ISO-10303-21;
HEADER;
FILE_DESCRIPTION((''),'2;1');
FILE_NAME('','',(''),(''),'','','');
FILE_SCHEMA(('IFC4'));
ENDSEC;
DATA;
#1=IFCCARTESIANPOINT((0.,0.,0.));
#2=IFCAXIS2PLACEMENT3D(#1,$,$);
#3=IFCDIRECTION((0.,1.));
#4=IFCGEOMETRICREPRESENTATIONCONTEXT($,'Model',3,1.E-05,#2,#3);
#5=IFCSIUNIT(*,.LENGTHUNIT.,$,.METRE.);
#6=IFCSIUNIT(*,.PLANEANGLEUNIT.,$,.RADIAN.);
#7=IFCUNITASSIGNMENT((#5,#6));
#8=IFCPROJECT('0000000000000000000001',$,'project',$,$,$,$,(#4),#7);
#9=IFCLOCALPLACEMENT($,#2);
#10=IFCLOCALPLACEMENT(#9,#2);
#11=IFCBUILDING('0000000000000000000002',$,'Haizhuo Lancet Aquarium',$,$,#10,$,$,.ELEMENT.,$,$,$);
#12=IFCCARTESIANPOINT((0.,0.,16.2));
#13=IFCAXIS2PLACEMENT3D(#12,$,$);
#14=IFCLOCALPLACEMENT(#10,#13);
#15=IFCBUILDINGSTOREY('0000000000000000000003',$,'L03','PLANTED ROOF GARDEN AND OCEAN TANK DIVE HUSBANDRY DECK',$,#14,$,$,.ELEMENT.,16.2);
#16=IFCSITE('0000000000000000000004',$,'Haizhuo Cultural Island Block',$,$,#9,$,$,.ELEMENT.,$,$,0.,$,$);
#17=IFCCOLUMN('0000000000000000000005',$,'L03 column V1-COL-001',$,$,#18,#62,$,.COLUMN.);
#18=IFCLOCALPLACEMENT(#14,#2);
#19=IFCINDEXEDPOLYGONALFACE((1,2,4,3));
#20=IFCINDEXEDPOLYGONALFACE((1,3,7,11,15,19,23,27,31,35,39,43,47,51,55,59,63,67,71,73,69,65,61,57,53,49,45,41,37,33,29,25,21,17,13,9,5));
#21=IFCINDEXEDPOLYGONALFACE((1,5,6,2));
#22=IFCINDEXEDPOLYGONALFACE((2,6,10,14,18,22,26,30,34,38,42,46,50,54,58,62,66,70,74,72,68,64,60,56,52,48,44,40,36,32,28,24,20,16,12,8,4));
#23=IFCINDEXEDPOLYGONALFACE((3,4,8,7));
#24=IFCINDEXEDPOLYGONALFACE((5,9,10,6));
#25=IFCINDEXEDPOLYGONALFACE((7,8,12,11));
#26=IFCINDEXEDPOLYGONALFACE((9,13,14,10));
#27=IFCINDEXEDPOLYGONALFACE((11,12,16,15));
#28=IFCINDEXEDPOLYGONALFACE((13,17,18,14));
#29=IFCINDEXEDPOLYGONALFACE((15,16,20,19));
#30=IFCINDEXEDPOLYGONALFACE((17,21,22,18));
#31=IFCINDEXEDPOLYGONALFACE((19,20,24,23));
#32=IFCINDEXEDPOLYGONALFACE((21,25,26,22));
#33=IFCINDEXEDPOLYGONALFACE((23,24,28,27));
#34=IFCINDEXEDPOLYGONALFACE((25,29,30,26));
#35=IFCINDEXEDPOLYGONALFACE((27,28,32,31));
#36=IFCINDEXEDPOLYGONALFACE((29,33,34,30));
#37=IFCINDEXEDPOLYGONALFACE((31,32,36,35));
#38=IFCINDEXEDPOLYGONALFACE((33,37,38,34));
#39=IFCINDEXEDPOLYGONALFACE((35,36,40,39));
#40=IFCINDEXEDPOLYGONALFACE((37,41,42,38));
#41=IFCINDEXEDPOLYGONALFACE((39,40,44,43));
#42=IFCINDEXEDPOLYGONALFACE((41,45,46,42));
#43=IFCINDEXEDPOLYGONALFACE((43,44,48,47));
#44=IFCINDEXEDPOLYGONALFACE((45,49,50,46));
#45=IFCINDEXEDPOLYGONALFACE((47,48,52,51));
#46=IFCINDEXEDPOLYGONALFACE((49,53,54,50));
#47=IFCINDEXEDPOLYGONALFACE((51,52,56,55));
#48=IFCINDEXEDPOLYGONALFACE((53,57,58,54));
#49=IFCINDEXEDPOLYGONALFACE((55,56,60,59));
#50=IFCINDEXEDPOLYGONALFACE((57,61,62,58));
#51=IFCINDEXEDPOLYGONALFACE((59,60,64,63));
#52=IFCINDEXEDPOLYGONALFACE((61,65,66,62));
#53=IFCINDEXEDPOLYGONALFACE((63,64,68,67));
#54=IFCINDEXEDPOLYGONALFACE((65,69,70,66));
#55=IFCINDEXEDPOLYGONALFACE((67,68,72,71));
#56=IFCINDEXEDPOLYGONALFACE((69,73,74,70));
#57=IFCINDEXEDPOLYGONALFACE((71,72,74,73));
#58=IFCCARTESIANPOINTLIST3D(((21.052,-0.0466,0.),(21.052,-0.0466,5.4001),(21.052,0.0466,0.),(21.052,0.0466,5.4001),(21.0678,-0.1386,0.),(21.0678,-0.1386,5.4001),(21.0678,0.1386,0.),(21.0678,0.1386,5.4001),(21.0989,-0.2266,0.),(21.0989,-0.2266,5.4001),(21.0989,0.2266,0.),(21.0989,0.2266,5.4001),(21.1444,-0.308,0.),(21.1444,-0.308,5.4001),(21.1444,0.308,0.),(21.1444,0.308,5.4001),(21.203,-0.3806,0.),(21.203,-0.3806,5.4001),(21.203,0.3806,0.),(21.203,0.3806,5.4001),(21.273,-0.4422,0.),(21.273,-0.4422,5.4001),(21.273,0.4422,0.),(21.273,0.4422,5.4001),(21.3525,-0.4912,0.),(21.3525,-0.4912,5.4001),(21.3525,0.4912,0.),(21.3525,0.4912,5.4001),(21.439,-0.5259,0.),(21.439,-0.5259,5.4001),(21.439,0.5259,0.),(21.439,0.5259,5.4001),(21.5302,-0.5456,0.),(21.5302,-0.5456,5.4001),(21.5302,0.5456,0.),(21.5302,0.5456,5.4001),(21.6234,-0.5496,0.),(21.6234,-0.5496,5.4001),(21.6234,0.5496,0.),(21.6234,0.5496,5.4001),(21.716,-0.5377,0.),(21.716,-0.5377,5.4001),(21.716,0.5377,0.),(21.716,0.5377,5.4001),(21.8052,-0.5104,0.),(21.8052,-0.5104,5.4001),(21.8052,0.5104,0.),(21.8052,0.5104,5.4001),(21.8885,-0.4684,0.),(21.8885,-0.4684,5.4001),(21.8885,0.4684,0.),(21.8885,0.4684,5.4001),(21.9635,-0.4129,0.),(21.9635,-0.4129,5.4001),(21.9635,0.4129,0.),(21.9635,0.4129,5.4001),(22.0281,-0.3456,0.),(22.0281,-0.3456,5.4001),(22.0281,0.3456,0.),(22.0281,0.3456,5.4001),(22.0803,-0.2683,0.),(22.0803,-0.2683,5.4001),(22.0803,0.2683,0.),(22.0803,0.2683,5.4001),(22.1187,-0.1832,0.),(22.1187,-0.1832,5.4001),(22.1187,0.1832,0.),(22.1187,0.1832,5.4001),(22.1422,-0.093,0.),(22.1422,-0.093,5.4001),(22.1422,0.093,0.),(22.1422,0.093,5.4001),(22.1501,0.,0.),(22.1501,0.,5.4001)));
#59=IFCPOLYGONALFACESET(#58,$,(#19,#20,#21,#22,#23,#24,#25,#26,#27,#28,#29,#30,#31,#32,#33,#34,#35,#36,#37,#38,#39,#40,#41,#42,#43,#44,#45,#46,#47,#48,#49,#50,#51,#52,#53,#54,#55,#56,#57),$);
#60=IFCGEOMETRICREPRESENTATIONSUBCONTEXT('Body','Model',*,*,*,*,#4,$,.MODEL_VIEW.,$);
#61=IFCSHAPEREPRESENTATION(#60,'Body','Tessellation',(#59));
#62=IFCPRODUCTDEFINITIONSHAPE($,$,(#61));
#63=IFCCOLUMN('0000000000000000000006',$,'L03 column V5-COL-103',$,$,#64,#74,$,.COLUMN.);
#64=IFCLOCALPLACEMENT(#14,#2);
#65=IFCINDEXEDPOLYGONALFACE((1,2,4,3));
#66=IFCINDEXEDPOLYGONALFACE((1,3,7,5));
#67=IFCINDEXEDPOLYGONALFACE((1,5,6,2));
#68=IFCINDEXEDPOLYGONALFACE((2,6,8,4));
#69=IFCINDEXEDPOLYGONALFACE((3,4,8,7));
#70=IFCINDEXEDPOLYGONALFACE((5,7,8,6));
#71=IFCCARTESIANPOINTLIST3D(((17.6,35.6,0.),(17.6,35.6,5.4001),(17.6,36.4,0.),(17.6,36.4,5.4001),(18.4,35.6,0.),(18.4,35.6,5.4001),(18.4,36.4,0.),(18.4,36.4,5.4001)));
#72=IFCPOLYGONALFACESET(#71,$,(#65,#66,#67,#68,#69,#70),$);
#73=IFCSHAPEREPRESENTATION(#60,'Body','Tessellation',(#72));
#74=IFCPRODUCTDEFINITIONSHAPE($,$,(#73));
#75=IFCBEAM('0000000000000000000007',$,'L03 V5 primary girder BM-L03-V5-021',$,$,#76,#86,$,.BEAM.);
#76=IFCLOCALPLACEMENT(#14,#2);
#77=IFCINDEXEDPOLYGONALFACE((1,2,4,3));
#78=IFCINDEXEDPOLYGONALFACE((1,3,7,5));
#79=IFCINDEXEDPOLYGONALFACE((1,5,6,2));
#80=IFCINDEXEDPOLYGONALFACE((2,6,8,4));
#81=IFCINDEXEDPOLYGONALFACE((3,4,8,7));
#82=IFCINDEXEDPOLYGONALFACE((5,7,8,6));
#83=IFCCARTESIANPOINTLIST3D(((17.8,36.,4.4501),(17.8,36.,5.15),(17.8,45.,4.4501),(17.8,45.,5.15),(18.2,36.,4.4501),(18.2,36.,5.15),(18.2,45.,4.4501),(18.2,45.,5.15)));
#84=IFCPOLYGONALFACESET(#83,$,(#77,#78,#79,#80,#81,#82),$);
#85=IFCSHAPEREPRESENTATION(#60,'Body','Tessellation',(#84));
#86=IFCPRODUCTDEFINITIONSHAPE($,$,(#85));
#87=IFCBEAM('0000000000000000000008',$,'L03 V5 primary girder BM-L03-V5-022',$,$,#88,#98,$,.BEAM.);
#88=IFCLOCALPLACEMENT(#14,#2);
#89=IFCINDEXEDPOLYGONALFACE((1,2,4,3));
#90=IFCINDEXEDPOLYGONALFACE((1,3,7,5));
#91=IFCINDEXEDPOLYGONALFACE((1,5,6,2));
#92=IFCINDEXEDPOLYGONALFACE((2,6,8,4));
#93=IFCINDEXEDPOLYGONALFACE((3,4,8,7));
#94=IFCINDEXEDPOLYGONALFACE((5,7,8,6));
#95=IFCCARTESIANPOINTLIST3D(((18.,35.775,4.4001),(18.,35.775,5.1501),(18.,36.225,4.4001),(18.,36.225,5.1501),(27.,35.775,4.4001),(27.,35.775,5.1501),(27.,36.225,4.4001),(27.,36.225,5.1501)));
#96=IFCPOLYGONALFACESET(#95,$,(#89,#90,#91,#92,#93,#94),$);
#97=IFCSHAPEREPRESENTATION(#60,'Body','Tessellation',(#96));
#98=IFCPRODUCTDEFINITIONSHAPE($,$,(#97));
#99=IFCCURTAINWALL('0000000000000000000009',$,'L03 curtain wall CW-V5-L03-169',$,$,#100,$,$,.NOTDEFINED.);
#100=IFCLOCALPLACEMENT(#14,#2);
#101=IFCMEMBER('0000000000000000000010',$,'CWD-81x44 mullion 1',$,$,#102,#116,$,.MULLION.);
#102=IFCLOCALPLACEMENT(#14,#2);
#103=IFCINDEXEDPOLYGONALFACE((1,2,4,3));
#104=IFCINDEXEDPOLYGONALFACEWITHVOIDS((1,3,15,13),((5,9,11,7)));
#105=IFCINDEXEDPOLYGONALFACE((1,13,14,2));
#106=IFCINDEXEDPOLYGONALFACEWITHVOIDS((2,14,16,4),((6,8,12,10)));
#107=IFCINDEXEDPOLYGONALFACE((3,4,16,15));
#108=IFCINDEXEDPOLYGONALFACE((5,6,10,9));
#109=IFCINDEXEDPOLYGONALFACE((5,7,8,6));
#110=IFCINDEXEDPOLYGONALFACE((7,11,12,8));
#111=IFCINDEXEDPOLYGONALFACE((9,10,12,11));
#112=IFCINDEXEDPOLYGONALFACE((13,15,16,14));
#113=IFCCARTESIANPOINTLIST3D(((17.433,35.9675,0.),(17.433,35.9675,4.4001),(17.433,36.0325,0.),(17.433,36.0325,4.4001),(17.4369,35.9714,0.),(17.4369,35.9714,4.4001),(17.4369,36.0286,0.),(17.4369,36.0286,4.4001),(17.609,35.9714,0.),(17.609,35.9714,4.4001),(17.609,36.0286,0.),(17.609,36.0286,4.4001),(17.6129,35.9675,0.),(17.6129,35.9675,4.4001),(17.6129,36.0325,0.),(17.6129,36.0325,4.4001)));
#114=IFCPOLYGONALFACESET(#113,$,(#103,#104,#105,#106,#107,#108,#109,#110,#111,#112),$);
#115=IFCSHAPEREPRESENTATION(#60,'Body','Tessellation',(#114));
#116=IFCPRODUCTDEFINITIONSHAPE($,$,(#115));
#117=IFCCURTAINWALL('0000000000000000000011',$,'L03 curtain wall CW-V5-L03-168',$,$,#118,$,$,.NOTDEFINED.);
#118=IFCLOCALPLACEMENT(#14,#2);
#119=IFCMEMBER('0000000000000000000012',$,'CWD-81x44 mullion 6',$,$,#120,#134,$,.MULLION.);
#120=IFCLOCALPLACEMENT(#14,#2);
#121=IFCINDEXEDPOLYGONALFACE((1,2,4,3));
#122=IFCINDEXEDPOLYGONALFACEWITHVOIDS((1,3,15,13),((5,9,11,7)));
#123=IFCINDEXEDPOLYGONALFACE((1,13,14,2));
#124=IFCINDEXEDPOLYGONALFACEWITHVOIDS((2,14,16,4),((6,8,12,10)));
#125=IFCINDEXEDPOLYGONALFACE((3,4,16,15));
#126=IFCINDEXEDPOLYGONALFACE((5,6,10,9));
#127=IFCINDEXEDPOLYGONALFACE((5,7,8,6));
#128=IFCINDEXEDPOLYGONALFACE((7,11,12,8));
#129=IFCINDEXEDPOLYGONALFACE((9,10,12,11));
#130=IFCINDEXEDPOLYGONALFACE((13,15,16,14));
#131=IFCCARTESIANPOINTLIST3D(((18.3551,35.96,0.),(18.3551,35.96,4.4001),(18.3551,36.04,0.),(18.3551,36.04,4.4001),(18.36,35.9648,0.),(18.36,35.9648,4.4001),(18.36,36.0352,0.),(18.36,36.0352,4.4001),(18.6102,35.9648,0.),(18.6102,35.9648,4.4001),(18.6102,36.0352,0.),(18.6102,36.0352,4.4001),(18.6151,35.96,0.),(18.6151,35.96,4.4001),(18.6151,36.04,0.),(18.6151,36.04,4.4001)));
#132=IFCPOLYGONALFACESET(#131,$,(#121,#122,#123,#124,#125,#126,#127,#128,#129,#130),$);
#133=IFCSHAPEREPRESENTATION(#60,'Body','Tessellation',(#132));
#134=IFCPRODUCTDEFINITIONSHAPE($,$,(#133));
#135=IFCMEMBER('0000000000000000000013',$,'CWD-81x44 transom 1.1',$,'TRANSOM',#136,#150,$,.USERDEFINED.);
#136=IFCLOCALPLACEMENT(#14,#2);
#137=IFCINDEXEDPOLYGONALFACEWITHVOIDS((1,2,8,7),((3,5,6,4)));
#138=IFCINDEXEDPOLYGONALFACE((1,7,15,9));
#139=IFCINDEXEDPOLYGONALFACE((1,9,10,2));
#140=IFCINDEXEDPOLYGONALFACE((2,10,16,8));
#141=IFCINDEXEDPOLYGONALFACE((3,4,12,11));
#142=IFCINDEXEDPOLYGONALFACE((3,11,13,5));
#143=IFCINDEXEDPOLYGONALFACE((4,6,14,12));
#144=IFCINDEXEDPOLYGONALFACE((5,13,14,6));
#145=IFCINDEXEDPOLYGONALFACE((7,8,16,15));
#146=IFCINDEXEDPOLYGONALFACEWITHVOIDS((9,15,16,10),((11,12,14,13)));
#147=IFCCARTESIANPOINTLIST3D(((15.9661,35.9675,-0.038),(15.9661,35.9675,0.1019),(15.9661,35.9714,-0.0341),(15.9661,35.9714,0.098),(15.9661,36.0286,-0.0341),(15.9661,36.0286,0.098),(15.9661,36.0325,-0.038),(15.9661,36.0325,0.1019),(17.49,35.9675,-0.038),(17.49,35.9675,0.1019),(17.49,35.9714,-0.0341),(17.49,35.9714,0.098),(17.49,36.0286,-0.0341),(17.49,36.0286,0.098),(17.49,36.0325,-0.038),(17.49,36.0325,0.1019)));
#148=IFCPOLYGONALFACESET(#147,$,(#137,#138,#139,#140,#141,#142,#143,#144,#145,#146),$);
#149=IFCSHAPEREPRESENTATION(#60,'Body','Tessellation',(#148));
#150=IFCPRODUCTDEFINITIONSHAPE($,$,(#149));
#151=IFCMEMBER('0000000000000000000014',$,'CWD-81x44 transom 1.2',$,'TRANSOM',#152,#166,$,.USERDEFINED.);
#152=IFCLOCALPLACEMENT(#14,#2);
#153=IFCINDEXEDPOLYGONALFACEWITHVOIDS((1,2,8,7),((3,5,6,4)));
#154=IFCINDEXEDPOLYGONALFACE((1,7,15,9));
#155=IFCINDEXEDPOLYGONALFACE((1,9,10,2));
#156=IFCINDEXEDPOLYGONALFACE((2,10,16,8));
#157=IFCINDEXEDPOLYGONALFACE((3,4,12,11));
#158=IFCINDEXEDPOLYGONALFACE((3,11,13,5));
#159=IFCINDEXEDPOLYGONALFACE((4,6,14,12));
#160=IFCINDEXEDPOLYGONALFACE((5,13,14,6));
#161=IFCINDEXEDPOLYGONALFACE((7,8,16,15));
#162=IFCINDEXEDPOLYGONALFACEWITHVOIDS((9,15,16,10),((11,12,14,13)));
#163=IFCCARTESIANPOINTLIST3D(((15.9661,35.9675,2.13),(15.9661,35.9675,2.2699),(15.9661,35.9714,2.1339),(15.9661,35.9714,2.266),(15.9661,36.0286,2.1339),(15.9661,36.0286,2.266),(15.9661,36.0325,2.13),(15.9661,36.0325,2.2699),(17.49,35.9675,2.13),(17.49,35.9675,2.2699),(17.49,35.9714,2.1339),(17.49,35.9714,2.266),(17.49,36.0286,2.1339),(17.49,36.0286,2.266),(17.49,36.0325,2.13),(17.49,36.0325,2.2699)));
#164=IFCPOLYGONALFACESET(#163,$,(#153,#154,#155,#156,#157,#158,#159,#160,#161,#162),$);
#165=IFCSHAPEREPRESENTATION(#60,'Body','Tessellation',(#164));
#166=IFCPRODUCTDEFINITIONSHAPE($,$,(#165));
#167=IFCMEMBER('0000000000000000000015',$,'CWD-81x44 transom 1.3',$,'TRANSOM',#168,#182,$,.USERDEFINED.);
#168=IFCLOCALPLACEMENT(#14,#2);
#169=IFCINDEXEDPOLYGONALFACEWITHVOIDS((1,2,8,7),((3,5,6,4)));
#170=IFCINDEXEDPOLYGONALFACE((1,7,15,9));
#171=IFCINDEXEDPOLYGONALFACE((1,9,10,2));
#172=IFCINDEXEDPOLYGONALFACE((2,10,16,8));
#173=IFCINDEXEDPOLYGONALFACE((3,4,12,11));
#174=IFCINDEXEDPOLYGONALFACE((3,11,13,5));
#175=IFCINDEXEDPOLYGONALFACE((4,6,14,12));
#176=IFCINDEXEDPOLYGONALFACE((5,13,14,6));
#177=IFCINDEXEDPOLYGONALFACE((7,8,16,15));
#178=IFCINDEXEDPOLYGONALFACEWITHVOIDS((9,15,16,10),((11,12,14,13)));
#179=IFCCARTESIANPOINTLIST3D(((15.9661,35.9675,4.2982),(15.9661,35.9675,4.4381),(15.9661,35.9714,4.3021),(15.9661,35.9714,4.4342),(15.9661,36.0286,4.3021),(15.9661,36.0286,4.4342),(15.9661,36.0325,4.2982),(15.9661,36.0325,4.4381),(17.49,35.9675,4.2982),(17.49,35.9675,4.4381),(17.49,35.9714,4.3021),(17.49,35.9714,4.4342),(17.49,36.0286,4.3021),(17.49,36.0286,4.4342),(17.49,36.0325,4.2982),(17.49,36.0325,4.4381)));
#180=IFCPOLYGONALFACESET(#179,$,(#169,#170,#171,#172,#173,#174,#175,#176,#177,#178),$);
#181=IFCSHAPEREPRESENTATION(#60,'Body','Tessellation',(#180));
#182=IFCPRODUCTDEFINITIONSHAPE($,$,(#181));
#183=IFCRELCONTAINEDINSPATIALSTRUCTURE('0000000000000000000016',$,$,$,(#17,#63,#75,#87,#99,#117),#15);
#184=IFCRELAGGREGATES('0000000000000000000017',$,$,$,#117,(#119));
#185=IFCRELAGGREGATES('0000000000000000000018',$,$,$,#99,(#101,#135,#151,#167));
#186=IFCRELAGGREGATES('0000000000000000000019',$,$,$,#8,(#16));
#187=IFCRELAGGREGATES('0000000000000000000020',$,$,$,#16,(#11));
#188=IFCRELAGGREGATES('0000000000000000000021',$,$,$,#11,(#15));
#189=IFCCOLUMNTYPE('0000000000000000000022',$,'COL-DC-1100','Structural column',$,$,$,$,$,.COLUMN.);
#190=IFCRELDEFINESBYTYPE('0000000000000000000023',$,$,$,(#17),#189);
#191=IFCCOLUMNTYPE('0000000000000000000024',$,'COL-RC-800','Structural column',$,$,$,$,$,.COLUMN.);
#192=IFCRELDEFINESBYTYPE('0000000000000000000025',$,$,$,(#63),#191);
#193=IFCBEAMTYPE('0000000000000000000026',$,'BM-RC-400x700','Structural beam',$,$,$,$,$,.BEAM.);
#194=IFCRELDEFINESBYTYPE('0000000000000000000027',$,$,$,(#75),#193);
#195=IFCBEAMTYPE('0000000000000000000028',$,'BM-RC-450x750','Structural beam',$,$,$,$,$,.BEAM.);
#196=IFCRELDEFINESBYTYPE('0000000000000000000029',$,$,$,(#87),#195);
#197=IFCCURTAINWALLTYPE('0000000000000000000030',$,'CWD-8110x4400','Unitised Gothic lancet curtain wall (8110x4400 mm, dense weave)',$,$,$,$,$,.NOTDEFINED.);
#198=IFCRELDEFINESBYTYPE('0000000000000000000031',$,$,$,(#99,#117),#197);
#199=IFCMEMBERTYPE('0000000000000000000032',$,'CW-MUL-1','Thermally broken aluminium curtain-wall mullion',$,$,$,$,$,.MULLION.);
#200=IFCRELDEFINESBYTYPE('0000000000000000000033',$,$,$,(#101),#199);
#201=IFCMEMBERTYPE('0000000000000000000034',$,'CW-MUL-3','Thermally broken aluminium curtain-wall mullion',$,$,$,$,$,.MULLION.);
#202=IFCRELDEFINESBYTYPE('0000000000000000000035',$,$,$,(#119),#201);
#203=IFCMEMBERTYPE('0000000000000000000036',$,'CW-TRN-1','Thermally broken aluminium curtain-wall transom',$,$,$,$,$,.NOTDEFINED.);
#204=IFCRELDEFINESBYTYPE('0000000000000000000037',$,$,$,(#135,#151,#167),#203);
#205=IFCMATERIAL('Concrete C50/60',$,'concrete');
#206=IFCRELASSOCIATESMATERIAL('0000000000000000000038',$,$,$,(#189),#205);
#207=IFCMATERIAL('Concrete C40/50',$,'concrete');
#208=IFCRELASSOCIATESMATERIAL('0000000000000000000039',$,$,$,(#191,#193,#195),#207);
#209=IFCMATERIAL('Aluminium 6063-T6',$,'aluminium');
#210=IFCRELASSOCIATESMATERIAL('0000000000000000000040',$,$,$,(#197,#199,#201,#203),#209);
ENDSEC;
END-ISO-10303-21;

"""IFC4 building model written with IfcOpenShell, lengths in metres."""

from ifc_helpers import new_model, si_unit, direction, frame, origin, origin_2d, place, context, subcontext, project, spatial, rectangle, hollow_rectangle, circle, extrude, material, material_profile, profile_set, type_object, element, aggregate, save


model = new_model("IFC4")

# Units and contexts
model_context = context("Model", 3, precision=1e-05, world=origin(), true_north=direction((0.0, 1.0)))
body_context = subcontext(model_context, "Body", "Model", "MODEL_VIEW")
ifc_project = project(units=[si_unit("LENGTHUNIT", "METRE"), si_unit("PLANEANGLEUNIT", "RADIAN")], contexts=[model_context])

# Site, building, storey
site_placement = place(None, origin())
site = spatial("IfcSite", under=ifc_project, at=site_placement, Name="Haizhuo Cultural Island Block", CompositionType="ELEMENT", RefElevation=0.0)
building_placement = place(site_placement, origin())
building = spatial("IfcBuilding", under=site, at=building_placement, Name="Haizhuo Lancet Aquarium", CompositionType="ELEMENT")
storey_placement = place(building_placement, frame((0.0, 0.0, 16.2)))
storey = spatial("IfcBuildingStorey", under=building, at=storey_placement, Name="L03", Description="PLANTED ROOF GARDEN AND OCEAN TANK DIVE HUSBANDRY DECK", CompositionType="ELEMENT", Elevation=16.2)

# Columns
ifc_material_1 = material(Name="Concrete C50/60", Category="concrete")
ifc_material_profile_1 = material_profile(ifc_material_1, circle(Radius=0.55, at=origin_2d()), Name="RC-DC 1100")
ifc_profile_set_1 = profile_set([ifc_material_profile_1], Name="Concrete C50/60")
column_type_1 = type_object("IfcColumnType", Name="COL-DC-1100", Description="Structural column", PredefinedType="COLUMN", material=ifc_profile_set_1)
for number, where, z_axis, x_axis, name in (
    (1, (21.6001, 0.0, 0.0), (0.0, 0.0, 1.0), (1.0, 0.0, 0.0), "L03 column V1-COL-001"),
):
    element("IfcColumn", number, at=place(storey_placement, frame(where, z_axis=z_axis, x_axis=x_axis)), inside=storey, type_object=column_type_1, Name=name, PredefinedType="COLUMN", context=body_context, shape_type="SweptSolid", body=[
        extrude(circle(Radius=0.55, at=origin_2d()), origin(), (0.0, 0.0, 1.0), 5.4001),
    ])
ifc_material_2 = material(Name="Concrete C40/50", Category="concrete")
ifc_material_profile_2 = material_profile(ifc_material_2, rectangle(XDim=0.8, YDim=0.8, at=origin_2d()), Name="RC-COL 800x800")
ifc_profile_set_2 = profile_set([ifc_material_profile_2], Name="Concrete C40/50")
column_type_2 = type_object("IfcColumnType", Name="COL-RC-800", Description="Structural column", PredefinedType="COLUMN", material=ifc_profile_set_2)
column_placement = place(storey_placement, frame((18.0, 36.0, 0.0), z_axis=(0.0, 0.0, 1.0), x_axis=(1.0, 0.0, 0.0)))
element("IfcColumn", 2, at=column_placement, inside=storey, type_object=column_type_2, Name="L03 column V5-COL-103", PredefinedType="COLUMN", context=body_context, shape_type="SweptSolid", body=[
    extrude(rectangle(XDim=0.8, YDim=0.8, at=origin_2d()), origin(), (0.0, 0.0, 1.0), 5.4001),
])

# Beams
ifc_material_profile_3 = material_profile(ifc_material_2, rectangle(XDim=0.3999, YDim=0.7, at=origin_2d()), Name="RC-BM 400x700")
ifc_profile_set_3 = profile_set([ifc_material_profile_3], Name="Concrete C40/50")
beam_type_1 = type_object("IfcBeamType", Name="BM-RC-400x700", Description="Structural beam", PredefinedType="BEAM", material=ifc_profile_set_3)
beam_1_placement = place(storey_placement, frame((18.0, 36.0, 4.8), z_axis=(0.0, 1.0, 0.0), x_axis=(-1.0, 0.0, 0.0)))
element("IfcBeam", 3, at=beam_1_placement, inside=storey, type_object=beam_type_1, Name="L03 V5 primary girder BM-L03-V5-021", PredefinedType="BEAM", context=body_context, shape_type="SweptSolid", body=[
    extrude(rectangle(XDim=0.3999, YDim=0.7, at=origin_2d()), origin(), (0.0, 0.0, 1.0), 9.0),
])
ifc_material_profile_4 = material_profile(ifc_material_2, rectangle(XDim=0.45, YDim=0.75, at=origin_2d()), Name="RC-BM 450x750")
ifc_profile_set_4 = profile_set([ifc_material_profile_4], Name="Concrete C40/50")
beam_type_2 = type_object("IfcBeamType", Name="BM-RC-450x750", Description="Structural beam", PredefinedType="BEAM", material=ifc_profile_set_4)
beam_2_placement = place(storey_placement, frame((18.0, 36.0, 4.7751), z_axis=(1.0, 0.0, 0.0), x_axis=(0.0, 1.0, 0.0)))
element("IfcBeam", 4, at=beam_2_placement, inside=storey, type_object=beam_type_2, Name="L03 V5 primary girder BM-L03-V5-022", PredefinedType="BEAM", context=body_context, shape_type="SweptSolid", body=[
    extrude(rectangle(XDim=0.45, YDim=0.75, at=origin_2d()), origin(), (0.0, 0.0, 1.0), 9.0),
])

# Curtain walls, members
ifc_material_3 = material(Name="Aluminium 6063-T6", Category="aluminium")
curtain_wall_type = type_object("IfcCurtainWallType", Name="CWD-8110x4400", Description="Unitised Gothic lancet curtain wall (8110x4400 mm, dense weave)", PredefinedType="NOTDEFINED", material=ifc_material_3)
curtain_wall_1_placement = place(storey_placement, origin())
curtain_wall_1 = element("IfcCurtainWall", 5, at=curtain_wall_1_placement, inside=storey, type_object=curtain_wall_type, Name="L03 curtain wall CW-V5-L03-169", PredefinedType="NOTDEFINED")
ifc_material_profile_5 = material_profile(ifc_material_3, hollow_rectangle(XDim=0.0649, YDim=0.1799, WallThickness=0.0039, at=origin_2d()), Name="ALU-M 65x180x4")
ifc_profile_set_5 = profile_set([ifc_material_profile_5], Name="Aluminium 6063-T6")
member_type_1 = type_object("IfcMemberType", Name="CW-MUL-1", Description="Thermally broken aluminium curtain-wall mullion", PredefinedType="MULLION", material=ifc_profile_set_5)
member_1_placement = place(storey_placement, frame((17.5229, 36.0, 0.0), z_axis=(0.0, 0.0, 1.0), x_axis=(0.0, -1.0, 0.0)))
member_1 = element("IfcMember", 6, at=member_1_placement, type_object=member_type_1, Name="CWD-81x44 mullion 1", PredefinedType="MULLION", context=body_context, shape_type="SweptSolid", body=[
    extrude(hollow_rectangle(XDim=0.0649, YDim=0.1799, WallThickness=0.0039, at=origin_2d()), origin(), (0.0, 0.0, 1.0), 4.4001),
])
curtain_wall_2_placement = place(storey_placement, origin())
curtain_wall_2 = element("IfcCurtainWall", 7, at=curtain_wall_2_placement, inside=storey, type_object=curtain_wall_type, Name="L03 curtain wall CW-V5-L03-168", PredefinedType="NOTDEFINED")
ifc_material_profile_6 = material_profile(ifc_material_3, hollow_rectangle(XDim=0.0801, YDim=0.26, WallThickness=0.0049, at=origin_2d()), Name="ALU-M 80x260x5")
ifc_profile_set_6 = profile_set([ifc_material_profile_6], Name="Aluminium 6063-T6")
member_type_2 = type_object("IfcMemberType", Name="CW-MUL-3", Description="Thermally broken aluminium curtain-wall mullion", PredefinedType="MULLION", material=ifc_profile_set_6)
member_2_placement = place(storey_placement, frame((18.4851, 36.0, 0.0), z_axis=(0.0, 0.0, 1.0), x_axis=(0.0, -1.0, 0.0)))
member_2 = element("IfcMember", 8, at=member_2_placement, type_object=member_type_2, Name="CWD-81x44 mullion 6", PredefinedType="MULLION", context=body_context, shape_type="SweptSolid", body=[
    extrude(hollow_rectangle(XDim=0.0801, YDim=0.26, WallThickness=0.0049, at=origin_2d()), origin(), (0.0, 0.0, 1.0), 4.4001),
])
aggregate(curtain_wall_2, [member_2])

# Members
ifc_material_profile_7 = material_profile(ifc_material_3, hollow_rectangle(XDim=0.0649, YDim=0.1399, WallThickness=0.0039, at=origin_2d()), Name="ALU-T 65x140x4")
ifc_profile_set_7 = profile_set([ifc_material_profile_7], Name="Aluminium 6063-T6")
member_type_3 = type_object("IfcMemberType", Name="CW-TRN-1", Description="Thermally broken aluminium curtain-wall transom", PredefinedType="NOTDEFINED", material=ifc_profile_set_7)
member_3_placement = place(storey_placement, frame((17.49, 36.0, 0.032), z_axis=(-1.0, 0.0, 0.0), x_axis=(0.0, -1.0, 0.0)))
member_3 = element("IfcMember", 9, at=member_3_placement, type_object=member_type_3, Name="CWD-81x44 transom 1.1", ObjectType="TRANSOM", PredefinedType="USERDEFINED", context=body_context, shape_type="SweptSolid", body=[
    extrude(hollow_rectangle(XDim=0.0649, YDim=0.1399, WallThickness=0.0039, at=origin_2d()), origin(), (0.0, 0.0, 1.0), 1.5239),
])
member_4_placement = place(storey_placement, frame((17.49, 36.0, 2.2), z_axis=(-1.0, 0.0, 0.0), x_axis=(0.0, -1.0, 0.0)))
member_4 = element("IfcMember", 10, at=member_4_placement, type_object=member_type_3, Name="CWD-81x44 transom 1.2", ObjectType="TRANSOM", PredefinedType="USERDEFINED", context=body_context, shape_type="SweptSolid", body=[
    extrude(hollow_rectangle(XDim=0.0649, YDim=0.1399, WallThickness=0.0039, at=origin_2d()), origin(), (0.0, 0.0, 1.0), 1.5239),
])
member_5_placement = place(storey_placement, frame((17.49, 36.0, 4.3682), z_axis=(-1.0, 0.0, 0.0), x_axis=(0.0, -1.0, 0.0)))
member_5 = element("IfcMember", 11, at=member_5_placement, type_object=member_type_3, Name="CWD-81x44 transom 1.3", ObjectType="TRANSOM", PredefinedType="USERDEFINED", context=body_context, shape_type="SweptSolid", body=[
    extrude(hollow_rectangle(XDim=0.0649, YDim=0.1399, WallThickness=0.0039, at=origin_2d()), origin(), (0.0, 0.0, 1.0), 1.5239),
])
aggregate(curtain_wall_1, [member_1, member_3, member_4, member_5])

save(model, "model.ifc")
